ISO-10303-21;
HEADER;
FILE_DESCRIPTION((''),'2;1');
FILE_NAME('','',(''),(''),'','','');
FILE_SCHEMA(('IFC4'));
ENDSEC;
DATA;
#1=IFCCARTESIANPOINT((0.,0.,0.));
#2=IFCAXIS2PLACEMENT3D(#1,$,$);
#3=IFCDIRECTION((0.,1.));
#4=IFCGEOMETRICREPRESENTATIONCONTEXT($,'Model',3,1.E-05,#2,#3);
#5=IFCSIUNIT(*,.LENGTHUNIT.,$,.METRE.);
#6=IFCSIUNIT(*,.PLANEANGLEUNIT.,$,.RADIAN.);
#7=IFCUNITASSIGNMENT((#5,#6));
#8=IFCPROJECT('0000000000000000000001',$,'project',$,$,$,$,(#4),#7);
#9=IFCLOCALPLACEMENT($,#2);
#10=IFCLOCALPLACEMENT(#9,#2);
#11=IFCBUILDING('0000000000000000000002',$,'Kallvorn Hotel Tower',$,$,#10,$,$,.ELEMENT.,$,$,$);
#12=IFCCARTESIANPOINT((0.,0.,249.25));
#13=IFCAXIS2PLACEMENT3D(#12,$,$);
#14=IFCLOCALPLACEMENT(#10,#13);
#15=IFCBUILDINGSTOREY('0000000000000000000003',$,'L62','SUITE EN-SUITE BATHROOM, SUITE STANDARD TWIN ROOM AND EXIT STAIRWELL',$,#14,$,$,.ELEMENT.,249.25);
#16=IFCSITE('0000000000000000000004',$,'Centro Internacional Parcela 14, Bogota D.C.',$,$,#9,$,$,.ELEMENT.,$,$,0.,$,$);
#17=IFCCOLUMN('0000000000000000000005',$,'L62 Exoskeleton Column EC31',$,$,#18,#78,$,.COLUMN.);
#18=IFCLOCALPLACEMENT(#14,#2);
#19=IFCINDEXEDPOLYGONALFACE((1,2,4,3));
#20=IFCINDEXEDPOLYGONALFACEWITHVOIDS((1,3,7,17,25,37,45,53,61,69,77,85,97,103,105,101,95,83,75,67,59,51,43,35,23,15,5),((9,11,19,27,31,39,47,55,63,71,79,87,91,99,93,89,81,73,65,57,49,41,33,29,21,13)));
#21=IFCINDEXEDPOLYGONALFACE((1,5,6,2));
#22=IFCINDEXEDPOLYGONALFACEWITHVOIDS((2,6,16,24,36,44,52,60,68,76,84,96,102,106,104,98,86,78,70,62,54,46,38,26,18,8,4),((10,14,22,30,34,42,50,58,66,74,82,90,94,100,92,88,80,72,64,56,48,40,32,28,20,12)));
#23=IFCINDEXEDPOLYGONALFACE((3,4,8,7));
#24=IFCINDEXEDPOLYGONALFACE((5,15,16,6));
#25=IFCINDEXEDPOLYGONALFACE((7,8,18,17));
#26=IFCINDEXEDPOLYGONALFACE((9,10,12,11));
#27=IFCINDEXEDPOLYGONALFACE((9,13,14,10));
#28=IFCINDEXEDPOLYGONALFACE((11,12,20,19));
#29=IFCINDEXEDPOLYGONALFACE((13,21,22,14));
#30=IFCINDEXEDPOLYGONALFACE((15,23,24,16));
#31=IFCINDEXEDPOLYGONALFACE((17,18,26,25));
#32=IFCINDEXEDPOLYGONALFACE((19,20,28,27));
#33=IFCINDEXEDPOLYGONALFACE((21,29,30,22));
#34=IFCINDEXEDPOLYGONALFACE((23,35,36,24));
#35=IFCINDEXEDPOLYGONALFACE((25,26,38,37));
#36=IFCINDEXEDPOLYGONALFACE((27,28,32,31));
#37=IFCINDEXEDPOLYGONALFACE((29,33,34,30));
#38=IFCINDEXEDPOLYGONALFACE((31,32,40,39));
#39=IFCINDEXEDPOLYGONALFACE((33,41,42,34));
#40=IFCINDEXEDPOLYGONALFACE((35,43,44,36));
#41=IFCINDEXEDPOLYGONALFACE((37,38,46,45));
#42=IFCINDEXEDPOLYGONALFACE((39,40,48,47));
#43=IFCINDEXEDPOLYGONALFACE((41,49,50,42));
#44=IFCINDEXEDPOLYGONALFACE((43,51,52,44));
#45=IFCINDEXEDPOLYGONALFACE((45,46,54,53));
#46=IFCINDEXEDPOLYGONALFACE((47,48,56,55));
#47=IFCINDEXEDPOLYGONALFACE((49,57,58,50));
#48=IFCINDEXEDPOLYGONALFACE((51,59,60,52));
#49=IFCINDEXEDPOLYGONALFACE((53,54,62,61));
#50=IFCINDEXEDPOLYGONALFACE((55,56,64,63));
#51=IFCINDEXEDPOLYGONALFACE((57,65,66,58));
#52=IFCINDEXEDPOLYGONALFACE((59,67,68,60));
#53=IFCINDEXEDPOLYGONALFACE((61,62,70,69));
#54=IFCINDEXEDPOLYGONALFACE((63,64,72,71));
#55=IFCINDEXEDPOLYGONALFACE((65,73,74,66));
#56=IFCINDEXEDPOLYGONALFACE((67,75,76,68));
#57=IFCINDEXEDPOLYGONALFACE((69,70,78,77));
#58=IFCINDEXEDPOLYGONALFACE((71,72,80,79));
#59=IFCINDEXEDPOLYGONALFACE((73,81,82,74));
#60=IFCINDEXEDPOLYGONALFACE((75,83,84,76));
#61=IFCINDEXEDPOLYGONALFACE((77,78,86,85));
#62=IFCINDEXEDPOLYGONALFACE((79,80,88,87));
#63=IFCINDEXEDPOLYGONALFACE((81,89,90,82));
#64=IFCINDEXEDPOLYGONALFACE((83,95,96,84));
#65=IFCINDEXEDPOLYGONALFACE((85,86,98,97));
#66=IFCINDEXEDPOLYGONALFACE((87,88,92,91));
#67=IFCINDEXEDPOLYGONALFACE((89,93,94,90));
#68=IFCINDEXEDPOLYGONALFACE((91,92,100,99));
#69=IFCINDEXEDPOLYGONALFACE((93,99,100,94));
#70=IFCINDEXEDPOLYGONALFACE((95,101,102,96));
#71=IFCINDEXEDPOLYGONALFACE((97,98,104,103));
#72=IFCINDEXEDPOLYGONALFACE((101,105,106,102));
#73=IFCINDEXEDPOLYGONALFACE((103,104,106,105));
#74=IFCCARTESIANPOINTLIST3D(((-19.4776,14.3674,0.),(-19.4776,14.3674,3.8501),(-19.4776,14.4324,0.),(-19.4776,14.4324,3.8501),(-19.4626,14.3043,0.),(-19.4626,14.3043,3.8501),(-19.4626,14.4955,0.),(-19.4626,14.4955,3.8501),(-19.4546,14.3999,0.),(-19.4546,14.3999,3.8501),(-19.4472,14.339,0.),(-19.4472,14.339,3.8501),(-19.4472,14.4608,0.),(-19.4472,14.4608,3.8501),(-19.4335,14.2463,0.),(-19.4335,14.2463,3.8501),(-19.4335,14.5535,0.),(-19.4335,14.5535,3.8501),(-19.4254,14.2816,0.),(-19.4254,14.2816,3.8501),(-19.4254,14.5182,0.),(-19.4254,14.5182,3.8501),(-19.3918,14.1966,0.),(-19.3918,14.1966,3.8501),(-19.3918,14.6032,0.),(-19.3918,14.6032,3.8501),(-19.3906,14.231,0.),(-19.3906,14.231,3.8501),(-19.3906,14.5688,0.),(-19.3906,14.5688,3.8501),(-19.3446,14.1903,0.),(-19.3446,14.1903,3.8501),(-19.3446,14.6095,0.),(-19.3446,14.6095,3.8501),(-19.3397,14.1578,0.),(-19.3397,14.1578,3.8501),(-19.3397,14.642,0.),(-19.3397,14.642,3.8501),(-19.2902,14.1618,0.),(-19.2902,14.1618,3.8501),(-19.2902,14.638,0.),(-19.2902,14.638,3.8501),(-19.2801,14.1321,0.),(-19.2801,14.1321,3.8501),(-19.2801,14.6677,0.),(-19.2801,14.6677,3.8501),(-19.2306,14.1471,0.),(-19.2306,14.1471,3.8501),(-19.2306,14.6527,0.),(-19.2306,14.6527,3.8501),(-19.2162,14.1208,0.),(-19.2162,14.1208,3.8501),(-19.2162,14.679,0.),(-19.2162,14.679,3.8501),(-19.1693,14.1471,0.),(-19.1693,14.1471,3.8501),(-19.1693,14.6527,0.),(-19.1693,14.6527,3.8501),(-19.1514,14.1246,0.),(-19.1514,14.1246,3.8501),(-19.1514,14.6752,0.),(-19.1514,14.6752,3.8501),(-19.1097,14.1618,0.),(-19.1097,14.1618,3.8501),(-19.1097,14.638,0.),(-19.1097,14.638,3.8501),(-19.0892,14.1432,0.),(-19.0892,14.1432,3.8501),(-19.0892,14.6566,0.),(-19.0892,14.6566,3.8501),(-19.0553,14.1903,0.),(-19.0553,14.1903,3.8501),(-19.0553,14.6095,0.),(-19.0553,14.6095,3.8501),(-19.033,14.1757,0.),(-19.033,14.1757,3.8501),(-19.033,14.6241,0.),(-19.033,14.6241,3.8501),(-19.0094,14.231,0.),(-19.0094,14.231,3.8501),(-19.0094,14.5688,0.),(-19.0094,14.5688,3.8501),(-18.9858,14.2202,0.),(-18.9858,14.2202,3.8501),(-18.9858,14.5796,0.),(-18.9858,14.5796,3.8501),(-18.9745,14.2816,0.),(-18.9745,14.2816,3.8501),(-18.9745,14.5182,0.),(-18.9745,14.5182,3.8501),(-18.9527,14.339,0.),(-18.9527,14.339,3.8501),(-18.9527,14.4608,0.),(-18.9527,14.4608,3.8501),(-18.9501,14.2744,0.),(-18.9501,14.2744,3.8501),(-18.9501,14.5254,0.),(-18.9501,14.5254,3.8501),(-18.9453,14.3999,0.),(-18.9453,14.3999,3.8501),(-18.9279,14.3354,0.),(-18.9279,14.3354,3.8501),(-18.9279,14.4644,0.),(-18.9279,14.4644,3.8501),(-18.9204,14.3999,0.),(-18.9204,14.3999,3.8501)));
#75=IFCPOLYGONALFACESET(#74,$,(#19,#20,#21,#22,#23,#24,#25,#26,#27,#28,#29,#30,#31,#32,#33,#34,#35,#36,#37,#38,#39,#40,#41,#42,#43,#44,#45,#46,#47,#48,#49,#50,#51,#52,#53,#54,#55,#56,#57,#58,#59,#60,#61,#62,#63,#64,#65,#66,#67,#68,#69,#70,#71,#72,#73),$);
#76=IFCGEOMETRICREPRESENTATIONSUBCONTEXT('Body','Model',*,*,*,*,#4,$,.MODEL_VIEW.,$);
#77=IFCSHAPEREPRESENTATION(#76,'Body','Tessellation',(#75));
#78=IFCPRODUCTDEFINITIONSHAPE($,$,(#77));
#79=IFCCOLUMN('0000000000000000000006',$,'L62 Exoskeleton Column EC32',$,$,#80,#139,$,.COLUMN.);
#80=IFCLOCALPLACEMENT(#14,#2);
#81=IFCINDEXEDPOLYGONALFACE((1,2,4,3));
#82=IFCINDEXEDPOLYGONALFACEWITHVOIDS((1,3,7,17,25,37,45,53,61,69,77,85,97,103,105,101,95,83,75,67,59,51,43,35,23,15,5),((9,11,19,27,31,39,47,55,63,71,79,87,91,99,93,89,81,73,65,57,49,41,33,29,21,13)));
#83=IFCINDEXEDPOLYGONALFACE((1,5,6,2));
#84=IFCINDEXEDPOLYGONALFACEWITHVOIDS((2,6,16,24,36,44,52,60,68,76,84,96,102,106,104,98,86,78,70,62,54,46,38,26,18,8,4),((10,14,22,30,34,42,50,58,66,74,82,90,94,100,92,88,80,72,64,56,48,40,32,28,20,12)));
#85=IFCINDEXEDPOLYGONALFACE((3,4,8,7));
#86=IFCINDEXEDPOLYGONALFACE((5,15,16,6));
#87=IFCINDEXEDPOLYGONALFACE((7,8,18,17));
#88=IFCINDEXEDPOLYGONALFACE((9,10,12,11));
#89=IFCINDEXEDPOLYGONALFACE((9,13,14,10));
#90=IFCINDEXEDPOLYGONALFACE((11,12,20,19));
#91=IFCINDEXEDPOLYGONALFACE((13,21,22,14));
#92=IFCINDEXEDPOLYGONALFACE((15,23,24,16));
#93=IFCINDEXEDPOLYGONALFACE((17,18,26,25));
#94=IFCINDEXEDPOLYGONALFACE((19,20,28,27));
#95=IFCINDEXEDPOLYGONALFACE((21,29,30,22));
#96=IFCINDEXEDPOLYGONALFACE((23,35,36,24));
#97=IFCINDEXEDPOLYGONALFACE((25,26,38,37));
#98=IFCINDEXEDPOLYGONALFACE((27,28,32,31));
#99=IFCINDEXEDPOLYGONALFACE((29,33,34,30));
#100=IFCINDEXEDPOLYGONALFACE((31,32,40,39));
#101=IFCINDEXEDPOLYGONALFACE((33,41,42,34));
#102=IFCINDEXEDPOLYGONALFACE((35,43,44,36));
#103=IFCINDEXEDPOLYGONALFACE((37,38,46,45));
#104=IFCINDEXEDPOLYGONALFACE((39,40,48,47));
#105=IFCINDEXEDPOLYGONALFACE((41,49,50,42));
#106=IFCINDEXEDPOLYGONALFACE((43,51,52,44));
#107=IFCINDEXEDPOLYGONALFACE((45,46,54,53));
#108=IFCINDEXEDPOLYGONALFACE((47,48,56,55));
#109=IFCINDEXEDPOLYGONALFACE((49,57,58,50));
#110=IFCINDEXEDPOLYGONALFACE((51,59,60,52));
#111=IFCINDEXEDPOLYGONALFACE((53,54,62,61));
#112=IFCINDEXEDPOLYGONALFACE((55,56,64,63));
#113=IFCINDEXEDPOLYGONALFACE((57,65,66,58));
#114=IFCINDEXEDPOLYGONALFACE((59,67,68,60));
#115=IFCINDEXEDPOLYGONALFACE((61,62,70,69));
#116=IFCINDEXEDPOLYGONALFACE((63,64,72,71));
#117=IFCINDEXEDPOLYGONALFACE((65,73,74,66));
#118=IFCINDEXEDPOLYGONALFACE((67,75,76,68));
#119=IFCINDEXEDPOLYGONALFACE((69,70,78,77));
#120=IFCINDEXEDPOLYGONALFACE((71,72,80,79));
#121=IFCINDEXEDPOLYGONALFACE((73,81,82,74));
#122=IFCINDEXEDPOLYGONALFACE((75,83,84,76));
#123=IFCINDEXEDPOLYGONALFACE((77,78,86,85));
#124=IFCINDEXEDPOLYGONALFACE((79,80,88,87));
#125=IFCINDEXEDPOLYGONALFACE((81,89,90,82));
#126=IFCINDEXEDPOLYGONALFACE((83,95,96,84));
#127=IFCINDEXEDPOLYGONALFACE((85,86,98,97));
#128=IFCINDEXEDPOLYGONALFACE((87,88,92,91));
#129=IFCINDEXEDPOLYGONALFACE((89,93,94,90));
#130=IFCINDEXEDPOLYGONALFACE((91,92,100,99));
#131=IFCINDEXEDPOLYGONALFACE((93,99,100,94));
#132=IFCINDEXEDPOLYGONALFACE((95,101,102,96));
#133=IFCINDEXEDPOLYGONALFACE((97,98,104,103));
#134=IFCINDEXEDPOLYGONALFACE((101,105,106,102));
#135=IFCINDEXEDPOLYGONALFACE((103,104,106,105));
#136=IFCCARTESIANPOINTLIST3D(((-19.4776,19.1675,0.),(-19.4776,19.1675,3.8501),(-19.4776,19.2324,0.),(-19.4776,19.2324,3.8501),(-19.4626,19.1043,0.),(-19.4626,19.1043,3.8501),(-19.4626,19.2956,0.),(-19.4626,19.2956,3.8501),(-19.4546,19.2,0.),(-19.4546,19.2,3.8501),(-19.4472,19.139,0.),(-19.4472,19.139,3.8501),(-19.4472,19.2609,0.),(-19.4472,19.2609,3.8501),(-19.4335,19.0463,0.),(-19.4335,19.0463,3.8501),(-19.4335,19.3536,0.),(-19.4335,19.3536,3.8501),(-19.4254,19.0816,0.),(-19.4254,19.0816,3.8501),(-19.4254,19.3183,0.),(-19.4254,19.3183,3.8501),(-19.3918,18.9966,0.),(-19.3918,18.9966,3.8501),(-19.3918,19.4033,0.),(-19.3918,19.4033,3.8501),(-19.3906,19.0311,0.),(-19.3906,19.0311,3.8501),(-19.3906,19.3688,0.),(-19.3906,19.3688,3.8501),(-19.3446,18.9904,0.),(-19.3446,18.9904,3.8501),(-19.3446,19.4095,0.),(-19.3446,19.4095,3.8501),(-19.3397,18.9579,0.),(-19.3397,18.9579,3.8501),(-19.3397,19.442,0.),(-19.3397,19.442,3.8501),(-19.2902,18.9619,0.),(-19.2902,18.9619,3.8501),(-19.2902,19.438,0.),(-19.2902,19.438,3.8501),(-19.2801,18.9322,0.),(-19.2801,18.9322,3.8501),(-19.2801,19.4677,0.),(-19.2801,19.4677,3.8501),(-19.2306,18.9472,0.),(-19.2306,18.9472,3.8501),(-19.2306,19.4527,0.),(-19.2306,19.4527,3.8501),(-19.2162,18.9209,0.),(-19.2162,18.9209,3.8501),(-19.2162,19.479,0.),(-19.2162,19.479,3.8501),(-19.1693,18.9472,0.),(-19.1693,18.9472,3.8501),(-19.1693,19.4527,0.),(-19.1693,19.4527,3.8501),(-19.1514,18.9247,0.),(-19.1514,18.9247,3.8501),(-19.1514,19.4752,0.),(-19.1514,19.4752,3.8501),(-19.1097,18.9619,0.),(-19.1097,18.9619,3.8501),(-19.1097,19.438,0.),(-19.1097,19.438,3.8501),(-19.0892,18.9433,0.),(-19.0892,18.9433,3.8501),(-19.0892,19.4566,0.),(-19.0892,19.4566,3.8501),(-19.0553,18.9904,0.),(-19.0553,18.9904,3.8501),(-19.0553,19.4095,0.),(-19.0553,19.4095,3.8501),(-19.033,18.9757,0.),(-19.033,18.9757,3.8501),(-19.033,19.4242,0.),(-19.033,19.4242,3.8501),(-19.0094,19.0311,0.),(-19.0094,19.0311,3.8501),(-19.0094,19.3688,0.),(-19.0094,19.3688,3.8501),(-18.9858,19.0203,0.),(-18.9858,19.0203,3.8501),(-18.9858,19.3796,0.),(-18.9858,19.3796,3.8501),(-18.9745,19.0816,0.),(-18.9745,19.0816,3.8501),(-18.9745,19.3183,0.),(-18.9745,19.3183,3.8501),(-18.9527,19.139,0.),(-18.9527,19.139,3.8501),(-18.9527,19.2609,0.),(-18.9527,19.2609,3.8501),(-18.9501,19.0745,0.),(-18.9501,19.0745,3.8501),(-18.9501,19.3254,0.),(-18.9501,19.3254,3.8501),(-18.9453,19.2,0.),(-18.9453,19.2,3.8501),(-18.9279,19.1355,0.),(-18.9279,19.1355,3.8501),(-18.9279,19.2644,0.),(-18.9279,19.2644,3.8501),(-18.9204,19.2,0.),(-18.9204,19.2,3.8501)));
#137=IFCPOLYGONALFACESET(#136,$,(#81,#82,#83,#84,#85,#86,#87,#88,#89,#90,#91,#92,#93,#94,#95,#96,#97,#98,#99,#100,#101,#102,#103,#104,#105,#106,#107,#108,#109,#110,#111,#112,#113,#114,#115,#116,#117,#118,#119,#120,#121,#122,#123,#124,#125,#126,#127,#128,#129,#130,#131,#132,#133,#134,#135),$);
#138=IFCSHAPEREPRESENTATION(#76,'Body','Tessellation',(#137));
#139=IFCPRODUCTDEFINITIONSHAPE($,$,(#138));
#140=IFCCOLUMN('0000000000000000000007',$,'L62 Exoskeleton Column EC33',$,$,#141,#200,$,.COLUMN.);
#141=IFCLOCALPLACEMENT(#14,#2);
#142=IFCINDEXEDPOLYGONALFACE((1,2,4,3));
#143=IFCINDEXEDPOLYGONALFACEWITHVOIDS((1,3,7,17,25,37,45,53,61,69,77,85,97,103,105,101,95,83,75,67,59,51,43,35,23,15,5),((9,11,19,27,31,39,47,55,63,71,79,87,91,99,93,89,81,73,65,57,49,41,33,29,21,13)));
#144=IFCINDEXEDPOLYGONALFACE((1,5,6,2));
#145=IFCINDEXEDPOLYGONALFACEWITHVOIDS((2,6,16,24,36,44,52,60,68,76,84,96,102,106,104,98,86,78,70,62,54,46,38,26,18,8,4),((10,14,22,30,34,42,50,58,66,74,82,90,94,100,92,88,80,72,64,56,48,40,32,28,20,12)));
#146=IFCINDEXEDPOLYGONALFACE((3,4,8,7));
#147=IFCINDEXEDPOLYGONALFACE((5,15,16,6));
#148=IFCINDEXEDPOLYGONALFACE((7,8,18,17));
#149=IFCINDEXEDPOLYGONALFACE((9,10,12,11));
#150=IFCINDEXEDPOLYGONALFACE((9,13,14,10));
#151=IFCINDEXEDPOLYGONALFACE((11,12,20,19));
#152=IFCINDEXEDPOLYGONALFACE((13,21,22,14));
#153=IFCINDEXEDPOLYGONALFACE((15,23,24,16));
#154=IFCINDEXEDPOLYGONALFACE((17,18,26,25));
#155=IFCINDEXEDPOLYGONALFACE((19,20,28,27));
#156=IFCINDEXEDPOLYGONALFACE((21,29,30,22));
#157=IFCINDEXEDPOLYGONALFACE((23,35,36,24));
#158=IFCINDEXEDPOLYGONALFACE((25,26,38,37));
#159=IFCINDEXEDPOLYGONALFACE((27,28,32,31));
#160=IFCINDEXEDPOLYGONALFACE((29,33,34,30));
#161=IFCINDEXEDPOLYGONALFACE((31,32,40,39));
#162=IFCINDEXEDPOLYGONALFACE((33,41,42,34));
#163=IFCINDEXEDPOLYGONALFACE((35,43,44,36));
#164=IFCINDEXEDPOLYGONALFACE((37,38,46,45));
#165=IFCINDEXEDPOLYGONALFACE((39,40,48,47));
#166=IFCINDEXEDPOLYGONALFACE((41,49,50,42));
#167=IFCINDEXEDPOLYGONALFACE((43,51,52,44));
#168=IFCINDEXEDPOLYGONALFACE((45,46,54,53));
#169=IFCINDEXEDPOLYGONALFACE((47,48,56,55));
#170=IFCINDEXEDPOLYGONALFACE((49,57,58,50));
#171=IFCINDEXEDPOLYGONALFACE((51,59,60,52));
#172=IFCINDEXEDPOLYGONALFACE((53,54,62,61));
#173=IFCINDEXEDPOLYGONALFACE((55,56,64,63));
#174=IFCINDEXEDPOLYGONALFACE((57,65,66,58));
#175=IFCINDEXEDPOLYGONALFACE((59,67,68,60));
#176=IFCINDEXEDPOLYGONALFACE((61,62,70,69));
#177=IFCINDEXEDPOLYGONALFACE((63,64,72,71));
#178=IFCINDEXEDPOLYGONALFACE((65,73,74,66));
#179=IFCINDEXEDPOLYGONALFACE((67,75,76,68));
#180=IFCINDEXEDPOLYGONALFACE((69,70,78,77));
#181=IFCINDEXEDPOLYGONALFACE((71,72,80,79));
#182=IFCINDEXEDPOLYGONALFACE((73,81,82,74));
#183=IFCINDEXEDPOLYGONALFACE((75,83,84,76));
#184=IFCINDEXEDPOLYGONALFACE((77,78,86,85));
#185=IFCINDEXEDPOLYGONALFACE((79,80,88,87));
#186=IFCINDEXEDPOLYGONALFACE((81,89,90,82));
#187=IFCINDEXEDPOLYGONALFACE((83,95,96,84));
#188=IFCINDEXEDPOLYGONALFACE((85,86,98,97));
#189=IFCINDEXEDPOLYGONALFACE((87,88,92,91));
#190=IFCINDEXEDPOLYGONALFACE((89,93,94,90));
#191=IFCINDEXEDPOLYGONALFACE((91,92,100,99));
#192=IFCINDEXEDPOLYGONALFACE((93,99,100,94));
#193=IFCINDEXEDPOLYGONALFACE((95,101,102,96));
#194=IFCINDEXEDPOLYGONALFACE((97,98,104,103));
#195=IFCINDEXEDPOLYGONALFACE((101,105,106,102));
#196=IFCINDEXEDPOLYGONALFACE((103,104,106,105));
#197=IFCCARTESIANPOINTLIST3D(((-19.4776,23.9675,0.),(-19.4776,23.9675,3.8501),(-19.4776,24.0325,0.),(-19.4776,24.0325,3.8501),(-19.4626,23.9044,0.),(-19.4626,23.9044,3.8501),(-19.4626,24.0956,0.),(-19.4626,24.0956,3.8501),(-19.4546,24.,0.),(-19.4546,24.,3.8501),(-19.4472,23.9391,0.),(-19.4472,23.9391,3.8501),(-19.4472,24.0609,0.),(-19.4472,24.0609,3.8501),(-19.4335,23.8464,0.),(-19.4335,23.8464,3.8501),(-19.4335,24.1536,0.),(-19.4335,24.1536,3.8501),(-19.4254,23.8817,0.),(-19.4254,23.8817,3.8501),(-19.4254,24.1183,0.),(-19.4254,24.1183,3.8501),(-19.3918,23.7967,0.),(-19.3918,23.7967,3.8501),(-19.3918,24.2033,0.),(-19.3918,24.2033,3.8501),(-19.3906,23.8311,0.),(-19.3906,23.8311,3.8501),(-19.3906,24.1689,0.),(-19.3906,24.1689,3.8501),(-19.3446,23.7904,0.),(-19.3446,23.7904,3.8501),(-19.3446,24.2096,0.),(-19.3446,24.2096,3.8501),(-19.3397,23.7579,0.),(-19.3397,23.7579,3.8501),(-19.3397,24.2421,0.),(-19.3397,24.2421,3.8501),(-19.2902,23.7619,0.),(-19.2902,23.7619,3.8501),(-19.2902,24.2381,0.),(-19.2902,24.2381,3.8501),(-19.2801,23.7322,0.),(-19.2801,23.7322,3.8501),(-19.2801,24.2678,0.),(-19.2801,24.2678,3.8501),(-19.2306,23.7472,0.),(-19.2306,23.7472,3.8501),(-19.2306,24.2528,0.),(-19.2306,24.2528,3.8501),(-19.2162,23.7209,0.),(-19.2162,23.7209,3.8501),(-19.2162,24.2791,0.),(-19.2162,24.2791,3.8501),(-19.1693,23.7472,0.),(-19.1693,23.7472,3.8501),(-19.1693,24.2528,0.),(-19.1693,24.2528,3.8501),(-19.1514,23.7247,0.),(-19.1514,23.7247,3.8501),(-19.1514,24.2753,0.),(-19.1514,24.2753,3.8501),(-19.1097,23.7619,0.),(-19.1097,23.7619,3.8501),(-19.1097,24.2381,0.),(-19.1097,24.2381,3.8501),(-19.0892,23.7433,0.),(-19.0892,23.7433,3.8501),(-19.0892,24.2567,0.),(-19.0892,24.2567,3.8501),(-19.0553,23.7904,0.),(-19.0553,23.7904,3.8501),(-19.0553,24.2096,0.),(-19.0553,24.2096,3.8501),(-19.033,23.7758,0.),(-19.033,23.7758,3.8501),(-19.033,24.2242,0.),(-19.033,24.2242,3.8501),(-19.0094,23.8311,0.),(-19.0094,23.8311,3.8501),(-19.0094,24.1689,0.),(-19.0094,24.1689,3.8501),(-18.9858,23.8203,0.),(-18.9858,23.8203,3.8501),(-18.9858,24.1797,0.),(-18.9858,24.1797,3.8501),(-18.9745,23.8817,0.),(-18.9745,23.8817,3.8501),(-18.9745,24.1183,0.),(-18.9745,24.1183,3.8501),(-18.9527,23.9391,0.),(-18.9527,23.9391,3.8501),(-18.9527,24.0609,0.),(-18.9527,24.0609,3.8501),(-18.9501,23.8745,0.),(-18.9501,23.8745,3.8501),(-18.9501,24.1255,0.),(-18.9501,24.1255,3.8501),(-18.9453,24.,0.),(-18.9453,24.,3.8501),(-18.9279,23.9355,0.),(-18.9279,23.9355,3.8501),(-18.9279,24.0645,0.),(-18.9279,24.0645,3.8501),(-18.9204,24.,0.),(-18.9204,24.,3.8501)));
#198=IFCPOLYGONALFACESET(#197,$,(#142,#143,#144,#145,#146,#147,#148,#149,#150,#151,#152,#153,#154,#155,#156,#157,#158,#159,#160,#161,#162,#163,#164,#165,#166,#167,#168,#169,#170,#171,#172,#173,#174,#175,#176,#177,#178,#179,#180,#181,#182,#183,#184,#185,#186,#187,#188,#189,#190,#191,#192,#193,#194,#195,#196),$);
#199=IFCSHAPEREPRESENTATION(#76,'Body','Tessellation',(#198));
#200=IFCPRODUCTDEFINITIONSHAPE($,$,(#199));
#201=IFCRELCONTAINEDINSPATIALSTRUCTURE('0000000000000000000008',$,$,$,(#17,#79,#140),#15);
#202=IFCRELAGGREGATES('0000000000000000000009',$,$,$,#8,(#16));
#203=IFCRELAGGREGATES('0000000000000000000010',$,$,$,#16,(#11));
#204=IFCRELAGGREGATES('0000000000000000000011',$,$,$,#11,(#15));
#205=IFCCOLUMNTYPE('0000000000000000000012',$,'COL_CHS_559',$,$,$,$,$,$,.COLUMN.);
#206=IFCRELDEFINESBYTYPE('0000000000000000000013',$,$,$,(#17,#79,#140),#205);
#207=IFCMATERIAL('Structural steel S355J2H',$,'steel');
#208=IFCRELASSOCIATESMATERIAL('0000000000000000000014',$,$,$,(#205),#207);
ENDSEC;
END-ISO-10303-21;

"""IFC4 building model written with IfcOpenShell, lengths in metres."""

from ifc_helpers import new_model, si_unit, direction, frame, origin, origin_2d, place, context, subcontext, project, spatial, hollow_circle, extrude, material, material_profile, profile_set, type_object, element, save


model = new_model("IFC4")

# Units and contexts
model_context = context("Model", 3, precision=1e-05, world=origin(), true_north=direction((0.0, 1.0)))
body_context = subcontext(model_context, "Body", "Model", "MODEL_VIEW")
ifc_project = project(units=[si_unit("LENGTHUNIT", "METRE"), si_unit("PLANEANGLEUNIT", "RADIAN")], contexts=[model_context])

# Site, building, storey
site_placement = place(None, origin())
site = spatial("IfcSite", under=ifc_project, at=site_placement, Name="Centro Internacional Parcela 14, Bogota D.C.", CompositionType="ELEMENT", RefElevation=0.0)
building_placement = place(site_placement, origin())
building = spatial("IfcBuilding", under=site, at=building_placement, Name="Kallvorn Hotel Tower", CompositionType="ELEMENT")
storey_placement = place(building_placement, frame((0.0, 0.0, 249.25)))
storey = spatial("IfcBuildingStorey", under=building, at=storey_placement, Name="L62", Description="SUITE EN-SUITE BATHROOM, SUITE STANDARD TWIN ROOM AND EXIT STAIRWELL", CompositionType="ELEMENT", Elevation=249.25)

# Columns
ifc_material_1 = material(Name="Structural steel S355J2H", Category="steel")
ifc_material_profile_1 = material_profile(ifc_material_1, hollow_circle(Radius=0.2795, WallThickness=0.0249, at=origin_2d()), Name="CHS 559x25")
ifc_profile_set_1 = profile_set([ifc_material_profile_1], Name="Structural steel S355J2H")
column_type_1 = type_object("IfcColumnType", Name="COL_CHS_559", PredefinedType="COLUMN", material=ifc_profile_set_1)
for number, where, z_axis, x_axis, name in (
    (1, (-19.2, 14.3999, 0.0), (0.0, 0.0, 1.0), (1.0, 0.0, 0.0), "L62 Exoskeleton Column EC31"),
    (2, (-19.2, 19.2, 0.0), (0.0, 0.0, 1.0), (1.0, 0.0, 0.0), "L62 Exoskeleton Column EC32"),
    (3, (-19.2, 24.0, 0.0), (0.0, 0.0, 1.0), (1.0, 0.0, 0.0), "L62 Exoskeleton Column EC33"),
):
    element("IfcColumn", number, at=place(storey_placement, frame(where, z_axis=z_axis, x_axis=x_axis)), inside=storey, type_object=column_type_1, Name=name, PredefinedType="COLUMN", context=body_context, shape_type="SweptSolid", body=[
        extrude(hollow_circle(Radius=0.2795, WallThickness=0.0249, at=origin_2d()), origin(), (0.0, 0.0, 1.0), 3.8501),
    ])

save(model, "model.ifc")
